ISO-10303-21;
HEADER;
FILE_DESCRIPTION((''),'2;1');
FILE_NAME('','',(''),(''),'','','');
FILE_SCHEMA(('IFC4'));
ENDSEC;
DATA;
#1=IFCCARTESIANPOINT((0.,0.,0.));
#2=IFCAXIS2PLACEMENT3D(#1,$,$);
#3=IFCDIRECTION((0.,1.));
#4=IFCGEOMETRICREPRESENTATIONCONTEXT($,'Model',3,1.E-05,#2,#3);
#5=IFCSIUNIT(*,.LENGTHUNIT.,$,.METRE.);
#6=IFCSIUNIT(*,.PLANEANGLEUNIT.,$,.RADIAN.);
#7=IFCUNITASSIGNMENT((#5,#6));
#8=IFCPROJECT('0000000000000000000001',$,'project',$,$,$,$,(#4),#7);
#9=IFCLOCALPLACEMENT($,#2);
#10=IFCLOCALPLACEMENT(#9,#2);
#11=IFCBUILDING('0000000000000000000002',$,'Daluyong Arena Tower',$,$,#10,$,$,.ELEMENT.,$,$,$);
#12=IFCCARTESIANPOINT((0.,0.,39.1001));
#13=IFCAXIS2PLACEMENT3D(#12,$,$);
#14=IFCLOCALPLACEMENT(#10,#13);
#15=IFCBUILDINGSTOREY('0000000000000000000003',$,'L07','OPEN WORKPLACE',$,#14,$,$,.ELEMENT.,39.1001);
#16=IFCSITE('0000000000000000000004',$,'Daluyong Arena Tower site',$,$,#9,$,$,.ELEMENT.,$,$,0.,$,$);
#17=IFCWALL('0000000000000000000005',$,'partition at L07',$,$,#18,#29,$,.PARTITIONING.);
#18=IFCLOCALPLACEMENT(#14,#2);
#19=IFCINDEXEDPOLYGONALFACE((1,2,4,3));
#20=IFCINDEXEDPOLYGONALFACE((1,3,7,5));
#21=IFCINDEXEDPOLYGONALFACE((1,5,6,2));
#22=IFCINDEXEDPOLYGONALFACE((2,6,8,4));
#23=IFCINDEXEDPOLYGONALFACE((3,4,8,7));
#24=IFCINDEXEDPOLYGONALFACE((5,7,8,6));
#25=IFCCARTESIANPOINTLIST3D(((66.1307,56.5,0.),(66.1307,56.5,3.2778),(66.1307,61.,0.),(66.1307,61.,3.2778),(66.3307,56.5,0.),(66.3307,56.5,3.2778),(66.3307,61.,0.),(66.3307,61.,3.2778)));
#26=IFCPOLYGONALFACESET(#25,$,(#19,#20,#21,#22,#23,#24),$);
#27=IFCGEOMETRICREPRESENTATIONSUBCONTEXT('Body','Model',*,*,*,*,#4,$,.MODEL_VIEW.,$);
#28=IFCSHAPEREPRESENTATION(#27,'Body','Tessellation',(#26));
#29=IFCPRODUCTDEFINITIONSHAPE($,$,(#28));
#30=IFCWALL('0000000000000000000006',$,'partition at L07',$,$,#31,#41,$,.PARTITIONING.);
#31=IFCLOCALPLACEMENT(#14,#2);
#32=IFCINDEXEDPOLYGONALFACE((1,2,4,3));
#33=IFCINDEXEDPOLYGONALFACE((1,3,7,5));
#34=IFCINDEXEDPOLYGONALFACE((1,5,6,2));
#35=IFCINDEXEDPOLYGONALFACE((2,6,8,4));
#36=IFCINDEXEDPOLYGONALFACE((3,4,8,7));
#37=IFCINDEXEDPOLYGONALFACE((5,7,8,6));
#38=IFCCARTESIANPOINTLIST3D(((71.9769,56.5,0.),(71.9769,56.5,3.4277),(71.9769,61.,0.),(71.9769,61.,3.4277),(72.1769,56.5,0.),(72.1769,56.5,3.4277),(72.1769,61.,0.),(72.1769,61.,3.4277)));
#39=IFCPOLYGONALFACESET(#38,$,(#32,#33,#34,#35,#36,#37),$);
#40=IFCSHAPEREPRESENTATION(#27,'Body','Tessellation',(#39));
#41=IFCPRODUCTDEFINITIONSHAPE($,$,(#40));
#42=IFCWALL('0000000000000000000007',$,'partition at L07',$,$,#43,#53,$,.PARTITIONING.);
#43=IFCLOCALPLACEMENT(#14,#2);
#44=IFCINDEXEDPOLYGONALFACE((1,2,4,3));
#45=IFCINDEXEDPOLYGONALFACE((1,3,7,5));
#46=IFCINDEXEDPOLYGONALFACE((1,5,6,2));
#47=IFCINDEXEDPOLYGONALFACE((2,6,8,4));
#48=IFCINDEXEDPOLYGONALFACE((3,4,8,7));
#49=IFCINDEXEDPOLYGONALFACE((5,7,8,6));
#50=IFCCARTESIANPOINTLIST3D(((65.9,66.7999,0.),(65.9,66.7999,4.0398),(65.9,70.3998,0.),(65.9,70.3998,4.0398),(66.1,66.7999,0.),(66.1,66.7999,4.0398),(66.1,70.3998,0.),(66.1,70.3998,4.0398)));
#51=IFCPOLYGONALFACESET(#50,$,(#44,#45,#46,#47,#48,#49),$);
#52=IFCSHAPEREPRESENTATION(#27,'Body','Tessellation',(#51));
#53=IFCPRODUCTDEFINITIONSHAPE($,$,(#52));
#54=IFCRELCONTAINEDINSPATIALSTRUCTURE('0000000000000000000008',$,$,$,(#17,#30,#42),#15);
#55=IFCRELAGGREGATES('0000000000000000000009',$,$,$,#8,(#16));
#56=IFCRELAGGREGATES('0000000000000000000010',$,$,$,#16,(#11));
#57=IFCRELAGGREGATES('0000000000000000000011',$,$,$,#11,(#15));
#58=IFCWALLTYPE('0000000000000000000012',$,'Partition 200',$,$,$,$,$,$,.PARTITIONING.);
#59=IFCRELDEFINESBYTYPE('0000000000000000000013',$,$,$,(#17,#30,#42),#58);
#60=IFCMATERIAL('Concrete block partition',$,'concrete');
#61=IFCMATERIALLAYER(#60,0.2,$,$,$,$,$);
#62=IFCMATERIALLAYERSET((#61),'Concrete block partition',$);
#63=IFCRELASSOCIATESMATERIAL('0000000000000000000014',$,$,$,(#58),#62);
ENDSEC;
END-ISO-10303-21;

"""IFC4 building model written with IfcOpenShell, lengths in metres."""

from ifc_helpers import new_model, si_unit, direction, frame, frame_2d, origin, place, context, subcontext, project, spatial, rectangle, extrude, material, layer, layer_set, type_object, element, save


model = new_model("IFC4")

# Units and contexts
model_context = context("Model", 3, precision=1e-05, world=origin(), true_north=direction((0.0, 1.0)))
body_context = subcontext(model_context, "Body", "Model", "MODEL_VIEW")
ifc_project = project(units=[si_unit("LENGTHUNIT", "METRE"), si_unit("PLANEANGLEUNIT", "RADIAN")], contexts=[model_context])

# Site, building, storey
site_placement = place(None, origin())
site = spatial("IfcSite", under=ifc_project, at=site_placement, Name="Daluyong Arena Tower site", CompositionType="ELEMENT", RefElevation=0.0)
building_placement = place(site_placement, origin())
building = spatial("IfcBuilding", under=site, at=building_placement, Name="Daluyong Arena Tower", CompositionType="ELEMENT")
storey_placement = place(building_placement, frame((0.0, 0.0, 39.1001)))
storey = spatial("IfcBuildingStorey", under=building, at=storey_placement, Name="L07", Description="OPEN WORKPLACE", CompositionType="ELEMENT", Elevation=39.1001)

# Walls
ifc_material_1 = material(Name="Concrete block partition", Category="concrete")
ifc_layer_1 = layer(ifc_material_1, 0.2)
ifc_layer_set_1 = layer_set([ifc_layer_1], Name="Concrete block partition")
wall_type_1 = type_object("IfcWallType", Name="Partition 200", PredefinedType="PARTITIONING", material=ifc_layer_set_1)
wall_1_placement = place(storey_placement, frame((66.2307, 56.5, 0.0), z_axis=(0.0, 0.0, 1.0), x_axis=(0.0, 1.0, 0.0)))
element("IfcWall", 1, at=wall_1_placement, inside=storey, type_object=wall_type_1, Name="partition at L07", PredefinedType="PARTITIONING", context=body_context, shape_type="SweptSolid", body=[
    extrude(rectangle(XDim=4.5, YDim=0.2, at=frame_2d((2.25, 0.0))), origin(), (0.0, 0.0, 1.0), 3.2778),
])
wall_2_placement = place(storey_placement, frame((72.0769, 56.5, 0.0), z_axis=(0.0, 0.0, 1.0), x_axis=(0.0, 1.0, 0.0)))
element("IfcWall", 2, at=wall_2_placement, inside=storey, type_object=wall_type_1, Name="partition at L07", PredefinedType="PARTITIONING", context=body_context, shape_type="SweptSolid", body=[
    extrude(rectangle(XDim=4.5, YDim=0.2, at=frame_2d((2.25, 0.0))), origin(), (0.0, 0.0, 1.0), 3.4277),
])
wall_3_placement = place(storey_placement, frame((66.0, 66.8, 0.0), z_axis=(0.0, 0.0, 1.0), x_axis=(0.0, 1.0, 0.0)))
element("IfcWall", 3, at=wall_3_placement, inside=storey, type_object=wall_type_1, Name="partition at L07", PredefinedType="PARTITIONING", context=body_context, shape_type="SweptSolid", body=[
    extrude(rectangle(XDim=3.5999, YDim=0.2, at=frame_2d((1.7998, 0.0))), origin(), (0.0, 0.0, 1.0), 4.0398),
])

save(model, "model.ifc")
